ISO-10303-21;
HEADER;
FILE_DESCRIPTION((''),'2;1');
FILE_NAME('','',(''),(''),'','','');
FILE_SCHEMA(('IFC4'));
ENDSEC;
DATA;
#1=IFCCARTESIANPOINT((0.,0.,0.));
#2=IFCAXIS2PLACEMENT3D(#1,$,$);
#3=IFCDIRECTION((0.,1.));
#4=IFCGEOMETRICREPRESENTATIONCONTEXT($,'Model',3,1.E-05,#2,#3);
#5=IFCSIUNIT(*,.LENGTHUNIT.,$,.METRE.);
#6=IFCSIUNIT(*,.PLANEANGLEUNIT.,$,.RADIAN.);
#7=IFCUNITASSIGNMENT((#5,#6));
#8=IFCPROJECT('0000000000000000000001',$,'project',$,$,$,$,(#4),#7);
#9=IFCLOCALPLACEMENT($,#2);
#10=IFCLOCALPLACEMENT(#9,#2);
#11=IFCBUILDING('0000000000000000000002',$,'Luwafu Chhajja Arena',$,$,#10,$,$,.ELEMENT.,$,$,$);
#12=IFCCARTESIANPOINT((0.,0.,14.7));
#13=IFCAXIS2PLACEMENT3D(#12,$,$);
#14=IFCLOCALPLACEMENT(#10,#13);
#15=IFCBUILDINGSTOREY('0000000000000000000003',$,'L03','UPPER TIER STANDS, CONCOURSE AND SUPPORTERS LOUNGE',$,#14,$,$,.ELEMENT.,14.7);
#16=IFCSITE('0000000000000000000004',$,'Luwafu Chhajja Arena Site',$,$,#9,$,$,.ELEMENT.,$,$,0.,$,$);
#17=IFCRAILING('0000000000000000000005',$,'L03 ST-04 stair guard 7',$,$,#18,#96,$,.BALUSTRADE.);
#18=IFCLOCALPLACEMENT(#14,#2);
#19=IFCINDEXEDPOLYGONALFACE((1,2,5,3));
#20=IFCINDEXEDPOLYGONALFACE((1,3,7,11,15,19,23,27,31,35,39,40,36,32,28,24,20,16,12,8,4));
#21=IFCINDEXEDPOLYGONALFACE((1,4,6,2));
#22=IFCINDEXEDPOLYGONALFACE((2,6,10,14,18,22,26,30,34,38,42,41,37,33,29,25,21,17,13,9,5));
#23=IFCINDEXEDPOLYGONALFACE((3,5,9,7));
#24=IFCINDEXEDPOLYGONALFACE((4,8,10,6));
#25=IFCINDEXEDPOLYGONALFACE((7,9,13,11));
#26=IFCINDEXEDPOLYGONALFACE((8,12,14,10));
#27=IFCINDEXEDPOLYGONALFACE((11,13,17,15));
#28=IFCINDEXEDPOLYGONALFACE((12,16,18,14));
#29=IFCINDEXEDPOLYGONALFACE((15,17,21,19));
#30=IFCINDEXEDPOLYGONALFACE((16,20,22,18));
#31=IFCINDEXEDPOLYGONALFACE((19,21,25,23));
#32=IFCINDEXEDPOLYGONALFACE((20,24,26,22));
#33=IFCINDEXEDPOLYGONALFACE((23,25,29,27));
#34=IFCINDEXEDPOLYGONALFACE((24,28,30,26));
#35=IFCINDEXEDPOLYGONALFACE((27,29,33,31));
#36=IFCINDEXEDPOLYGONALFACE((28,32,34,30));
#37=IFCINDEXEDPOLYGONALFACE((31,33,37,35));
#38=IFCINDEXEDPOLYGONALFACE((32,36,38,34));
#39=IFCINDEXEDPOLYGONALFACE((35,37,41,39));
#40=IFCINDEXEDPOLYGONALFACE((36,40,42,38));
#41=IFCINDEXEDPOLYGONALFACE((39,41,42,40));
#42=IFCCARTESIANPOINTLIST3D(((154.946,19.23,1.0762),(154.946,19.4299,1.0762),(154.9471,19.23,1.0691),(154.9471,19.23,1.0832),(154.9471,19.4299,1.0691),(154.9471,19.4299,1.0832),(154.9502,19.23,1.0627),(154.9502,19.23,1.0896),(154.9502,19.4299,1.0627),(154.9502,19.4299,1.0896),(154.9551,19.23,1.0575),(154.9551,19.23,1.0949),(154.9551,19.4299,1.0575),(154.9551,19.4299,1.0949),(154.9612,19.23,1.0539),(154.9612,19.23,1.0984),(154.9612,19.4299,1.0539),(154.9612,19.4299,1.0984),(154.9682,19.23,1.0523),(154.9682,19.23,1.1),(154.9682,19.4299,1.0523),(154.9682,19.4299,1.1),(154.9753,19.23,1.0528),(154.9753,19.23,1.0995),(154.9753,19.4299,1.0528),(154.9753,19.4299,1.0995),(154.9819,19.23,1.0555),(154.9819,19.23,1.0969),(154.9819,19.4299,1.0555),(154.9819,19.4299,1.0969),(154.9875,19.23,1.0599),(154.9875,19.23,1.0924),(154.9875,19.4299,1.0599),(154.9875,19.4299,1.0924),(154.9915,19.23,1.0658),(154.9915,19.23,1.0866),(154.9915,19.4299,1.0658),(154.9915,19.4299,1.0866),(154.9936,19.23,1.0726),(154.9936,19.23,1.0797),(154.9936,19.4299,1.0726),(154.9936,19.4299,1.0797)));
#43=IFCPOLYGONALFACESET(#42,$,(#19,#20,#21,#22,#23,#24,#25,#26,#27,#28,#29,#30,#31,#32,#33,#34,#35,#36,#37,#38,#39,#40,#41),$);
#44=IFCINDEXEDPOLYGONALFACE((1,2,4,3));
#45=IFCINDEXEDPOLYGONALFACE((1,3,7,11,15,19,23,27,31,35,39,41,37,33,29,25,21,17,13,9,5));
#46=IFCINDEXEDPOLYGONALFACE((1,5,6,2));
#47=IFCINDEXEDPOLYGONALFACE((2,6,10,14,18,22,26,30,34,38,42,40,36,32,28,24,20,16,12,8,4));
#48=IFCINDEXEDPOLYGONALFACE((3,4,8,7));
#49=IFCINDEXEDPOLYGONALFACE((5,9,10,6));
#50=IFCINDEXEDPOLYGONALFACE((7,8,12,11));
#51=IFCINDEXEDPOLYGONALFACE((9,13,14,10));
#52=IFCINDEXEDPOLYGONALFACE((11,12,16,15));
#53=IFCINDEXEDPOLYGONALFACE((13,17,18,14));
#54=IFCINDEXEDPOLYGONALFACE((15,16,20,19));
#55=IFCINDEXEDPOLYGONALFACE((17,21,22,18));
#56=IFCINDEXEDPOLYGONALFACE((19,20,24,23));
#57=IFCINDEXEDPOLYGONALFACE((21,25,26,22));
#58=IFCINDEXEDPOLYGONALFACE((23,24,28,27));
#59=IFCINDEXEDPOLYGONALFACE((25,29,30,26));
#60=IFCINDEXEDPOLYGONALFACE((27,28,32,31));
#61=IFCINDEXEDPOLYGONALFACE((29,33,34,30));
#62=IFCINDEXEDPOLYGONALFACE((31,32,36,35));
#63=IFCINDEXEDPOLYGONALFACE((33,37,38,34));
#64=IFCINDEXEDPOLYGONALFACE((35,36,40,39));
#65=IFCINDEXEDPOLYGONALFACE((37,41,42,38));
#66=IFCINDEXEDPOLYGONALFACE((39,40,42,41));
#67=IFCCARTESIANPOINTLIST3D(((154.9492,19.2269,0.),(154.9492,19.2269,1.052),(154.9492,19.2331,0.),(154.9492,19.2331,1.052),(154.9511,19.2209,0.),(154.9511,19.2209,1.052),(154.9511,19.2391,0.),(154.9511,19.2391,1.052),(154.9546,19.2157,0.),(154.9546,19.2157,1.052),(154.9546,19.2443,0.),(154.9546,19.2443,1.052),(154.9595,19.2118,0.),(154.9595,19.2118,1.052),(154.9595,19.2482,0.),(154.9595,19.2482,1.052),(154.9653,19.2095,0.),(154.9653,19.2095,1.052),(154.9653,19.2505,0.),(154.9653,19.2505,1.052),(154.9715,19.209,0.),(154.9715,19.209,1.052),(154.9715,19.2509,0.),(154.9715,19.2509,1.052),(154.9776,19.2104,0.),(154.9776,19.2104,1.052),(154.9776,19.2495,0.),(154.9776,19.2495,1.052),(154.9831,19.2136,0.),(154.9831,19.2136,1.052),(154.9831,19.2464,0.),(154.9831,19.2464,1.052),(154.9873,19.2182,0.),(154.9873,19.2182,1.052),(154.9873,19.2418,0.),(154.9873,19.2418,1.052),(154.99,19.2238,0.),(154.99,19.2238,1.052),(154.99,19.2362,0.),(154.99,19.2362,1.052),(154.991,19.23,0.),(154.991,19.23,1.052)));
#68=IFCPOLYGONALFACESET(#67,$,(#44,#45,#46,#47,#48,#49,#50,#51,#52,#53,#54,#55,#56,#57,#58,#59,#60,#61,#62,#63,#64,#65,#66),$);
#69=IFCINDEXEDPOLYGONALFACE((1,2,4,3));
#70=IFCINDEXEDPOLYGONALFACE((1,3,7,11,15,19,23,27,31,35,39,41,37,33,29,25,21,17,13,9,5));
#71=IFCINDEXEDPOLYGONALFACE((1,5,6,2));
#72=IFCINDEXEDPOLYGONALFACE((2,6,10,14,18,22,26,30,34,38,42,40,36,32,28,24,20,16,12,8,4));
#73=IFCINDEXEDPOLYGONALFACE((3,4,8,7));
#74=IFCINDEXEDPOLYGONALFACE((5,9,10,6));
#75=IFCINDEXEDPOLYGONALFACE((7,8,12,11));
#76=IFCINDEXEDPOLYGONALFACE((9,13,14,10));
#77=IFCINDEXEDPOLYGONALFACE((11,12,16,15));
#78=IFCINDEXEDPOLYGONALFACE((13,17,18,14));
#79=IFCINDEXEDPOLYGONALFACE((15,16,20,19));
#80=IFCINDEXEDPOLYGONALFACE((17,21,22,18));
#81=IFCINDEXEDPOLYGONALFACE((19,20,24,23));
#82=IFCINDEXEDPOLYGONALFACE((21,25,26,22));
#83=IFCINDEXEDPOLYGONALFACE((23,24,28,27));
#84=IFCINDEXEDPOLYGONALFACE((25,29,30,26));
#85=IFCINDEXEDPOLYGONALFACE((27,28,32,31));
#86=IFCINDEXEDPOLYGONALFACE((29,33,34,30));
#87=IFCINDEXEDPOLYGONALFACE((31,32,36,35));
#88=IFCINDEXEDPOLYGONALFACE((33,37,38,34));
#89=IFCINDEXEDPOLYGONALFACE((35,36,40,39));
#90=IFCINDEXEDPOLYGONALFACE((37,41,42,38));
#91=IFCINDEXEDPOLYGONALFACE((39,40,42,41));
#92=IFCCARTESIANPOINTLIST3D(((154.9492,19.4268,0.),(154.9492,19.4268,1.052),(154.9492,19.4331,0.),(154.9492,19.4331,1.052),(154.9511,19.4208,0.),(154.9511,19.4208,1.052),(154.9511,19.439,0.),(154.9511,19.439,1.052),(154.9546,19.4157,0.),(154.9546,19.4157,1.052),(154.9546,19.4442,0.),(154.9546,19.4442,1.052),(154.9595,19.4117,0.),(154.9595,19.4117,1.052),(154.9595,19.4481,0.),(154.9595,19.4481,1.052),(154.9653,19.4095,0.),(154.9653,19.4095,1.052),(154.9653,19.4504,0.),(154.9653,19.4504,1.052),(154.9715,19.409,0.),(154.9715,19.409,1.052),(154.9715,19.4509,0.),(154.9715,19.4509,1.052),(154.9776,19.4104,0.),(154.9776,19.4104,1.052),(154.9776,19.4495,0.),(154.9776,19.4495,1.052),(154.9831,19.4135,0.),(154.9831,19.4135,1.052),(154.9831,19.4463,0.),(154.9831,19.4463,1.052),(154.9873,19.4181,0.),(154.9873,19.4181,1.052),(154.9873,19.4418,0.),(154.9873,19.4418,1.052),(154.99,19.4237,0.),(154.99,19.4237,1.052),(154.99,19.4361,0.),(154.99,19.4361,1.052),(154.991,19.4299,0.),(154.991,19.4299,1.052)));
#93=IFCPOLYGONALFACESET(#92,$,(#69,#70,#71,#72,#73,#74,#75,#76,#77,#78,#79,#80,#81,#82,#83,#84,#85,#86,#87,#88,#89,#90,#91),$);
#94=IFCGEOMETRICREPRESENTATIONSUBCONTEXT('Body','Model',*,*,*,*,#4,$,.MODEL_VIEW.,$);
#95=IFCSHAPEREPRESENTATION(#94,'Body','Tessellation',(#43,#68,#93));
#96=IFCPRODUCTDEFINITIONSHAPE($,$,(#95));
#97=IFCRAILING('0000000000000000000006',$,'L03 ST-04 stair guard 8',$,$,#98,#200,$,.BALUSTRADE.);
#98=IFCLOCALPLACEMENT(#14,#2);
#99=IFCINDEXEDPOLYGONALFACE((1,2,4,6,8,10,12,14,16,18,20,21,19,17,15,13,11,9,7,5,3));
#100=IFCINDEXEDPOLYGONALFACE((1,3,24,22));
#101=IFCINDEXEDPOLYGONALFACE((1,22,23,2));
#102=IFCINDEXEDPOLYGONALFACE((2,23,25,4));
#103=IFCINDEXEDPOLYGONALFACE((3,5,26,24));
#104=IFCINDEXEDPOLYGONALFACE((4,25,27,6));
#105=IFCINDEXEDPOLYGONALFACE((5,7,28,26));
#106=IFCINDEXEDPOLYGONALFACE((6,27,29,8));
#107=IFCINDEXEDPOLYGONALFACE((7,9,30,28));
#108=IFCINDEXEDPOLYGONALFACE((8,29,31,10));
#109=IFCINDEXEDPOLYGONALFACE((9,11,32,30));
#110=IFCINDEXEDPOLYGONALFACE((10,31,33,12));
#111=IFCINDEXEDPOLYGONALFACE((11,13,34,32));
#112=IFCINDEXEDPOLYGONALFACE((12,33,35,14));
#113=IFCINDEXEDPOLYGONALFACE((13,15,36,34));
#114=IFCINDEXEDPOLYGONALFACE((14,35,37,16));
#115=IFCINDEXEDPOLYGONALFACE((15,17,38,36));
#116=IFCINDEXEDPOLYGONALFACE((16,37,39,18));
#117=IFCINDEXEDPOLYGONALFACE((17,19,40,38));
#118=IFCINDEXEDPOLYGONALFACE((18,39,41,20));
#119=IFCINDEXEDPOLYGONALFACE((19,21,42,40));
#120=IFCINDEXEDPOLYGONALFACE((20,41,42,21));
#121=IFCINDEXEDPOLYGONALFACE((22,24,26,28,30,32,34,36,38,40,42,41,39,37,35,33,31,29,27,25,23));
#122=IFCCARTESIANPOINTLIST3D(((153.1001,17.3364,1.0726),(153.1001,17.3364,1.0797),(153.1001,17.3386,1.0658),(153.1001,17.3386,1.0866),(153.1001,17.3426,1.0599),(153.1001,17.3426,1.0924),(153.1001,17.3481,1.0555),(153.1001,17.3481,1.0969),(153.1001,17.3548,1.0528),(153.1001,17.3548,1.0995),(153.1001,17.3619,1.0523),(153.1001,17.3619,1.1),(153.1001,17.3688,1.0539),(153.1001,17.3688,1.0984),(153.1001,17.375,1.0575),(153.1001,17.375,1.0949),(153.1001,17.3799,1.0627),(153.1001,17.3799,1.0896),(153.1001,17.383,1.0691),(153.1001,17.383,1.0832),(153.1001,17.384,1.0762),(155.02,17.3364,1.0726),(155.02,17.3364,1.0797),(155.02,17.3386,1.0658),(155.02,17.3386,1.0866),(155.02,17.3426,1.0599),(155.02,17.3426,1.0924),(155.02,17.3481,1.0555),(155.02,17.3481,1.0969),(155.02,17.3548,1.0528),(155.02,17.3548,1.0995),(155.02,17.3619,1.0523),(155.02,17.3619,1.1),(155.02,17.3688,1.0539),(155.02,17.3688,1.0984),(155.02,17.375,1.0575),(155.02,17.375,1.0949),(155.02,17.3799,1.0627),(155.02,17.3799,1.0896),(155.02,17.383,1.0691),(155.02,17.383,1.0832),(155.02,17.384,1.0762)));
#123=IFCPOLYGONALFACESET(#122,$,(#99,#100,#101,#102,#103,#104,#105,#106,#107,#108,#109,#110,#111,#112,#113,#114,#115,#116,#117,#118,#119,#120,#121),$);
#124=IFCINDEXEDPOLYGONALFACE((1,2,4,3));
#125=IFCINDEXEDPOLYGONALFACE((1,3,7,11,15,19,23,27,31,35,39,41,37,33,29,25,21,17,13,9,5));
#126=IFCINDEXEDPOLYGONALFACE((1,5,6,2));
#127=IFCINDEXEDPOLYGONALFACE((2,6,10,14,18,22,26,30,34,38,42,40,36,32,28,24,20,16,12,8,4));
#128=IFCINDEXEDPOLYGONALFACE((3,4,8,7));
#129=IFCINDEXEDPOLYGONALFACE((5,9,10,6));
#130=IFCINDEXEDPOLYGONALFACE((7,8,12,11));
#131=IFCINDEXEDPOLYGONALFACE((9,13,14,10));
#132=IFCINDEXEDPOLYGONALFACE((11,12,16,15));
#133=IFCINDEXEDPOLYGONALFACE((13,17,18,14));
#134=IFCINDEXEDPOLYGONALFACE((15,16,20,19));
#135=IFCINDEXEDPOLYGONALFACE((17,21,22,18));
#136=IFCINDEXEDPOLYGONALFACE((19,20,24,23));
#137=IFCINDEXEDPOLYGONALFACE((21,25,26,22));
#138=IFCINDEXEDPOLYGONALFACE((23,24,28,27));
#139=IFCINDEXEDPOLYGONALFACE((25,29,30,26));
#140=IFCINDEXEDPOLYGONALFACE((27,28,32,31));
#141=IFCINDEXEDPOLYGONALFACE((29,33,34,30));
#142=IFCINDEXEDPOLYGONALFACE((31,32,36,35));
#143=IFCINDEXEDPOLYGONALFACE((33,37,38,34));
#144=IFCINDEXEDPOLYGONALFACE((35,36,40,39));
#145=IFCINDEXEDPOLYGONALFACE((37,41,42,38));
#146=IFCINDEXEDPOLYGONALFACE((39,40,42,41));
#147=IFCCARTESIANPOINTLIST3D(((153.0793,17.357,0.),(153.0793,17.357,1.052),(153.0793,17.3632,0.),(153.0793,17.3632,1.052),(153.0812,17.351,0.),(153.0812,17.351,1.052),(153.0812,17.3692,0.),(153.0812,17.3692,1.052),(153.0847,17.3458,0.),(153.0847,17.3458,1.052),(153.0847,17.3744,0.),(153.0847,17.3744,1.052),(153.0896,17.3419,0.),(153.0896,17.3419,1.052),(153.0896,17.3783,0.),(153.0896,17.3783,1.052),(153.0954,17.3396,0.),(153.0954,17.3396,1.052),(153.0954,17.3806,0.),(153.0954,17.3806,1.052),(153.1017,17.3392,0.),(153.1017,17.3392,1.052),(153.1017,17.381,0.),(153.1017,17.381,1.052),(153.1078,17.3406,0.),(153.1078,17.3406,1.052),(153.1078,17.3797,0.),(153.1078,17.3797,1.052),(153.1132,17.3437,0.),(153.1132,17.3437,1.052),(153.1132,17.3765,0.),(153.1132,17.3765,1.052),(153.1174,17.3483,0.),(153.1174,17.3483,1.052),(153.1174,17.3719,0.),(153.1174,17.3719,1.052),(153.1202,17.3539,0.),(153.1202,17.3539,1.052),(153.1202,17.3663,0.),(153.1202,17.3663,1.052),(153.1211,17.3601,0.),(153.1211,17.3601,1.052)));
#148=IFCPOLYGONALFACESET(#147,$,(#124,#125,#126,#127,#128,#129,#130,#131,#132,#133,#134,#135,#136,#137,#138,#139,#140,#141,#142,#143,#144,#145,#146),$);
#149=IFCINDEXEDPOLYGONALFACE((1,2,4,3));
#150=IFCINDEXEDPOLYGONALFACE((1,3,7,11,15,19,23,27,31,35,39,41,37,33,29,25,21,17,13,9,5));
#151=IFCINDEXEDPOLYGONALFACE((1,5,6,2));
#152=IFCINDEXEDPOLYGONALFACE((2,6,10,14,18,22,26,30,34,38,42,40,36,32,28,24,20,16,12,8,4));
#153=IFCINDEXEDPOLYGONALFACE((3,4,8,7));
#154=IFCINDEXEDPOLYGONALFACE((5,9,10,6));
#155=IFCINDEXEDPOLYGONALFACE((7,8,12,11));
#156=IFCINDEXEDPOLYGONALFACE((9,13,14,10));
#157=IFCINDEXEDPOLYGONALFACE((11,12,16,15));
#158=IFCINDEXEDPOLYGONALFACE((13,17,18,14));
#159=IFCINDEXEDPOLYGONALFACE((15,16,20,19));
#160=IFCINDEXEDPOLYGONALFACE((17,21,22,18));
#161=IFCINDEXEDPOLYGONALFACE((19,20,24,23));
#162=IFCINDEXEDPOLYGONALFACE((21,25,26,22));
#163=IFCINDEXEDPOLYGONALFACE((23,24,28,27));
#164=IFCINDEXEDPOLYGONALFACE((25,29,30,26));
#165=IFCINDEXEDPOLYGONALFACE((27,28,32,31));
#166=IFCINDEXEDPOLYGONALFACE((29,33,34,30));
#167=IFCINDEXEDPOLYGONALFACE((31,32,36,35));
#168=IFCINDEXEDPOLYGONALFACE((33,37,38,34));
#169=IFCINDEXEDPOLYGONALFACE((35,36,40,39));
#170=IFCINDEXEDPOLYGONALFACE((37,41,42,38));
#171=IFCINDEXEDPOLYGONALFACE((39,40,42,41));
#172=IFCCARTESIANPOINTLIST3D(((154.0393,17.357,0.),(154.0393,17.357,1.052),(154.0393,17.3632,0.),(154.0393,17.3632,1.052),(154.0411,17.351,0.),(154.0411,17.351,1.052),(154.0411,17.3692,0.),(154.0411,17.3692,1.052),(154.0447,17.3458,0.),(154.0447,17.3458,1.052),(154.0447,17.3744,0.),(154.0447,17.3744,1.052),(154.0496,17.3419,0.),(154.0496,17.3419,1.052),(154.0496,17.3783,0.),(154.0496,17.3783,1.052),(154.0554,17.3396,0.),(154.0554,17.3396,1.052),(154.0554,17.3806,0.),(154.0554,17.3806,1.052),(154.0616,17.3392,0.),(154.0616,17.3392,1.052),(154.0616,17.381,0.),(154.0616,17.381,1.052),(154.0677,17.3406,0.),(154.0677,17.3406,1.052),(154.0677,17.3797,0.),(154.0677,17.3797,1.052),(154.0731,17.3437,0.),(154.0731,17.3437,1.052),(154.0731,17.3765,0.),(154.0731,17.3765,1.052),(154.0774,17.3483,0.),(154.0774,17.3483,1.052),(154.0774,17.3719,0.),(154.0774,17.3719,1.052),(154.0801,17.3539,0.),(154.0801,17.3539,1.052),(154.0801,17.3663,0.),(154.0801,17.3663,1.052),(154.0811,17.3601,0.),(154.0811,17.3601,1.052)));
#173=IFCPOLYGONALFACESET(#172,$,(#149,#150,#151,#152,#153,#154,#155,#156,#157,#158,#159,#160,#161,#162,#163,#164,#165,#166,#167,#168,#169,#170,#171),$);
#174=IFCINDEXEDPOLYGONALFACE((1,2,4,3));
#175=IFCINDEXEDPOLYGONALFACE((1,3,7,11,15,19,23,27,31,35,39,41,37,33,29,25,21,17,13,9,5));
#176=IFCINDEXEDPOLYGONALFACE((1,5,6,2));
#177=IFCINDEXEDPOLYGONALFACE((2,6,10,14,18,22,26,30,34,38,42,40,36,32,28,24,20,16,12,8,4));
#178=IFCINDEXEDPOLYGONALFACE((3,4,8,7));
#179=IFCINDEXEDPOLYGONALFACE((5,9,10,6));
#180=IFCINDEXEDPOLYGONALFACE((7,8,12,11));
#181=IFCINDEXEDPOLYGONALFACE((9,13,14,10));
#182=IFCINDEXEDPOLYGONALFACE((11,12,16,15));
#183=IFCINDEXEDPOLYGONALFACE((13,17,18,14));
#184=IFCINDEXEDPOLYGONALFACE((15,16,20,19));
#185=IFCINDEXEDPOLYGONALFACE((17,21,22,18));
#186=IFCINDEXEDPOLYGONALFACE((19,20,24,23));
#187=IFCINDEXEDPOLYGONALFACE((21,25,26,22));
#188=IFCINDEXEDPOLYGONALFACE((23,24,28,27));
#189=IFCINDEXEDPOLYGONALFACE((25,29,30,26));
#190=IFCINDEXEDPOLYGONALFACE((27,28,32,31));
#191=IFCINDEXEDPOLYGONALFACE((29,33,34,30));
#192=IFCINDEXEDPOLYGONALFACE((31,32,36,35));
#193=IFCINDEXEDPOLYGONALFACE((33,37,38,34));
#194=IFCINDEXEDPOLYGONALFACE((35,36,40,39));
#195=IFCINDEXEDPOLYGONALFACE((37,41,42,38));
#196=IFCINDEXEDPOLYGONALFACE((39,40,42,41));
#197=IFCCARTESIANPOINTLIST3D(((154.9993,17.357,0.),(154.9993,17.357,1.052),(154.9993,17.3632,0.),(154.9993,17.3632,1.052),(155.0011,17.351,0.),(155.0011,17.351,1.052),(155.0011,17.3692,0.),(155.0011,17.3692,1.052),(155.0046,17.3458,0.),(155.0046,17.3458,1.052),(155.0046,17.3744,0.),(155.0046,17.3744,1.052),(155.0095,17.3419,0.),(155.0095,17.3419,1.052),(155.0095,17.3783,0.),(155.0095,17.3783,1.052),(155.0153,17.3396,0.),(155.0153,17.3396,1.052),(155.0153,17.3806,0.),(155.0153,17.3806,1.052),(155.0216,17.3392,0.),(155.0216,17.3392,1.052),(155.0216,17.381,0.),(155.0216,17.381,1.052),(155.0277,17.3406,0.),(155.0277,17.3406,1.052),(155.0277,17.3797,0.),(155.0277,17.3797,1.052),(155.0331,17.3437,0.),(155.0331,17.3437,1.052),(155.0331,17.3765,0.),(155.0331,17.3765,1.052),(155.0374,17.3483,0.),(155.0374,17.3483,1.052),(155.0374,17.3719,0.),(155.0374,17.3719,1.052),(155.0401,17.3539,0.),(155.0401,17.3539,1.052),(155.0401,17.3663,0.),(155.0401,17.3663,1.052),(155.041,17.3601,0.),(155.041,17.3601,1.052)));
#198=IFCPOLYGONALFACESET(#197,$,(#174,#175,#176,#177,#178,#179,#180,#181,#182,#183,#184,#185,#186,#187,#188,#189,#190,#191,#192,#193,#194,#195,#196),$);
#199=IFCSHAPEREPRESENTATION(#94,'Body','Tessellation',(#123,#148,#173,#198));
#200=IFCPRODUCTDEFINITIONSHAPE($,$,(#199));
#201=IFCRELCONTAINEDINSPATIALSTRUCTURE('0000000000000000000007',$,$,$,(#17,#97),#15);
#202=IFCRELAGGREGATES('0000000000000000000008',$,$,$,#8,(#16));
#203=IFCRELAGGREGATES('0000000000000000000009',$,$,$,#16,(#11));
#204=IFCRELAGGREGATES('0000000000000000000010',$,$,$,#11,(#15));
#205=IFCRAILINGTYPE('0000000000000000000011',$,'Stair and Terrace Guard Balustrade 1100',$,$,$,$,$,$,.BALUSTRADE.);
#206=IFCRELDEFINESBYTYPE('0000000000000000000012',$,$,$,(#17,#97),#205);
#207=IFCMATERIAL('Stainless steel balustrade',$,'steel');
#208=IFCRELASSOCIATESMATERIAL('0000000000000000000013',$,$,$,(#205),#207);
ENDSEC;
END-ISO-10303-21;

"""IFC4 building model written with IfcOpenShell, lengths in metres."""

from ifc_helpers import new_model, si_unit, direction, frame, origin, origin_2d, place, context, subcontext, project, spatial, circle, extrude, material, type_object, element, save


model = new_model("IFC4")

# Units and contexts
model_context = context("Model", 3, precision=1e-05, world=origin(), true_north=direction((0.0, 1.0)))
body_context = subcontext(model_context, "Body", "Model", "MODEL_VIEW")
ifc_project = project(units=[si_unit("LENGTHUNIT", "METRE"), si_unit("PLANEANGLEUNIT", "RADIAN")], contexts=[model_context])

# Site, building, storey
site_placement = place(None, origin())
site = spatial("IfcSite", under=ifc_project, at=site_placement, Name="Luwafu Chhajja Arena Site", CompositionType="ELEMENT", RefElevation=0.0)
building_placement = place(site_placement, origin())
building = spatial("IfcBuilding", under=site, at=building_placement, Name="Luwafu Chhajja Arena", CompositionType="ELEMENT")
storey_placement = place(building_placement, frame((0.0, 0.0, 14.7)))
storey = spatial("IfcBuildingStorey", under=building, at=storey_placement, Name="L03", Description="UPPER TIER STANDS, CONCOURSE AND SUPPORTERS LOUNGE", CompositionType="ELEMENT", Elevation=14.7)

# Railings
ifc_material_1 = material(Name="Stainless steel balustrade", Category="steel")
railing_type_1 = type_object("IfcRailingType", Name="Stair and Terrace Guard Balustrade 1100", PredefinedType="BALUSTRADE", material=ifc_material_1)
railing_1_placement = place(storey_placement, frame((154.97, 19.23, 0.0)))
element("IfcRailing", 1, at=railing_1_placement, inside=storey, type_object=railing_type_1, Name="L03 ST-04 stair guard 7", PredefinedType="BALUSTRADE", context=body_context, shape_type="SweptSolid", body=[
    extrude(circle(Radius=0.0239, at=origin_2d()), frame((0.0, 0.0, 1.0762), z_axis=(0.0, 1.0, 0.0), x_axis=(-1.0, 0.0, 0.0)), (0.0, 0.0, 1.0), 0.2),
    extrude(circle(Radius=0.021, at=origin_2d()), origin(), (0.0, 0.0, 1.0), 1.052),
    extrude(circle(Radius=0.021, at=origin_2d()), frame((0.0, 0.2, 0.0)), (0.0, 0.0, 1.0), 1.052),
])
for number, where, name in (
    (2, (153.1001, 17.3601, 0.0), "L03 ST-04 stair guard 8"),
):
    element("IfcRailing", number, at=place(storey_placement, frame(where)), inside=storey, type_object=railing_type_1, Name=name, PredefinedType="BALUSTRADE", context=body_context, shape_type="SweptSolid", body=[
        extrude(circle(Radius=0.0239, at=origin_2d()), frame((0.0, 0.0, 1.0762), z_axis=(1.0, 0.0, 0.0), x_axis=(0.0, 1.0, 0.0)), (0.0, 0.0, 1.0), 1.9199),
        extrude(circle(Radius=0.021, at=origin_2d()), origin(), (0.0, 0.0, 1.0), 1.052),
        extrude(circle(Radius=0.021, at=origin_2d()), frame((0.96, 0.0, 0.0)), (0.0, 0.0, 1.0), 1.052),
        extrude(circle(Radius=0.021, at=origin_2d()), frame((1.9199, 0.0, 0.0)), (0.0, 0.0, 1.0), 1.052),
    ])

save(model, "model.ifc")
